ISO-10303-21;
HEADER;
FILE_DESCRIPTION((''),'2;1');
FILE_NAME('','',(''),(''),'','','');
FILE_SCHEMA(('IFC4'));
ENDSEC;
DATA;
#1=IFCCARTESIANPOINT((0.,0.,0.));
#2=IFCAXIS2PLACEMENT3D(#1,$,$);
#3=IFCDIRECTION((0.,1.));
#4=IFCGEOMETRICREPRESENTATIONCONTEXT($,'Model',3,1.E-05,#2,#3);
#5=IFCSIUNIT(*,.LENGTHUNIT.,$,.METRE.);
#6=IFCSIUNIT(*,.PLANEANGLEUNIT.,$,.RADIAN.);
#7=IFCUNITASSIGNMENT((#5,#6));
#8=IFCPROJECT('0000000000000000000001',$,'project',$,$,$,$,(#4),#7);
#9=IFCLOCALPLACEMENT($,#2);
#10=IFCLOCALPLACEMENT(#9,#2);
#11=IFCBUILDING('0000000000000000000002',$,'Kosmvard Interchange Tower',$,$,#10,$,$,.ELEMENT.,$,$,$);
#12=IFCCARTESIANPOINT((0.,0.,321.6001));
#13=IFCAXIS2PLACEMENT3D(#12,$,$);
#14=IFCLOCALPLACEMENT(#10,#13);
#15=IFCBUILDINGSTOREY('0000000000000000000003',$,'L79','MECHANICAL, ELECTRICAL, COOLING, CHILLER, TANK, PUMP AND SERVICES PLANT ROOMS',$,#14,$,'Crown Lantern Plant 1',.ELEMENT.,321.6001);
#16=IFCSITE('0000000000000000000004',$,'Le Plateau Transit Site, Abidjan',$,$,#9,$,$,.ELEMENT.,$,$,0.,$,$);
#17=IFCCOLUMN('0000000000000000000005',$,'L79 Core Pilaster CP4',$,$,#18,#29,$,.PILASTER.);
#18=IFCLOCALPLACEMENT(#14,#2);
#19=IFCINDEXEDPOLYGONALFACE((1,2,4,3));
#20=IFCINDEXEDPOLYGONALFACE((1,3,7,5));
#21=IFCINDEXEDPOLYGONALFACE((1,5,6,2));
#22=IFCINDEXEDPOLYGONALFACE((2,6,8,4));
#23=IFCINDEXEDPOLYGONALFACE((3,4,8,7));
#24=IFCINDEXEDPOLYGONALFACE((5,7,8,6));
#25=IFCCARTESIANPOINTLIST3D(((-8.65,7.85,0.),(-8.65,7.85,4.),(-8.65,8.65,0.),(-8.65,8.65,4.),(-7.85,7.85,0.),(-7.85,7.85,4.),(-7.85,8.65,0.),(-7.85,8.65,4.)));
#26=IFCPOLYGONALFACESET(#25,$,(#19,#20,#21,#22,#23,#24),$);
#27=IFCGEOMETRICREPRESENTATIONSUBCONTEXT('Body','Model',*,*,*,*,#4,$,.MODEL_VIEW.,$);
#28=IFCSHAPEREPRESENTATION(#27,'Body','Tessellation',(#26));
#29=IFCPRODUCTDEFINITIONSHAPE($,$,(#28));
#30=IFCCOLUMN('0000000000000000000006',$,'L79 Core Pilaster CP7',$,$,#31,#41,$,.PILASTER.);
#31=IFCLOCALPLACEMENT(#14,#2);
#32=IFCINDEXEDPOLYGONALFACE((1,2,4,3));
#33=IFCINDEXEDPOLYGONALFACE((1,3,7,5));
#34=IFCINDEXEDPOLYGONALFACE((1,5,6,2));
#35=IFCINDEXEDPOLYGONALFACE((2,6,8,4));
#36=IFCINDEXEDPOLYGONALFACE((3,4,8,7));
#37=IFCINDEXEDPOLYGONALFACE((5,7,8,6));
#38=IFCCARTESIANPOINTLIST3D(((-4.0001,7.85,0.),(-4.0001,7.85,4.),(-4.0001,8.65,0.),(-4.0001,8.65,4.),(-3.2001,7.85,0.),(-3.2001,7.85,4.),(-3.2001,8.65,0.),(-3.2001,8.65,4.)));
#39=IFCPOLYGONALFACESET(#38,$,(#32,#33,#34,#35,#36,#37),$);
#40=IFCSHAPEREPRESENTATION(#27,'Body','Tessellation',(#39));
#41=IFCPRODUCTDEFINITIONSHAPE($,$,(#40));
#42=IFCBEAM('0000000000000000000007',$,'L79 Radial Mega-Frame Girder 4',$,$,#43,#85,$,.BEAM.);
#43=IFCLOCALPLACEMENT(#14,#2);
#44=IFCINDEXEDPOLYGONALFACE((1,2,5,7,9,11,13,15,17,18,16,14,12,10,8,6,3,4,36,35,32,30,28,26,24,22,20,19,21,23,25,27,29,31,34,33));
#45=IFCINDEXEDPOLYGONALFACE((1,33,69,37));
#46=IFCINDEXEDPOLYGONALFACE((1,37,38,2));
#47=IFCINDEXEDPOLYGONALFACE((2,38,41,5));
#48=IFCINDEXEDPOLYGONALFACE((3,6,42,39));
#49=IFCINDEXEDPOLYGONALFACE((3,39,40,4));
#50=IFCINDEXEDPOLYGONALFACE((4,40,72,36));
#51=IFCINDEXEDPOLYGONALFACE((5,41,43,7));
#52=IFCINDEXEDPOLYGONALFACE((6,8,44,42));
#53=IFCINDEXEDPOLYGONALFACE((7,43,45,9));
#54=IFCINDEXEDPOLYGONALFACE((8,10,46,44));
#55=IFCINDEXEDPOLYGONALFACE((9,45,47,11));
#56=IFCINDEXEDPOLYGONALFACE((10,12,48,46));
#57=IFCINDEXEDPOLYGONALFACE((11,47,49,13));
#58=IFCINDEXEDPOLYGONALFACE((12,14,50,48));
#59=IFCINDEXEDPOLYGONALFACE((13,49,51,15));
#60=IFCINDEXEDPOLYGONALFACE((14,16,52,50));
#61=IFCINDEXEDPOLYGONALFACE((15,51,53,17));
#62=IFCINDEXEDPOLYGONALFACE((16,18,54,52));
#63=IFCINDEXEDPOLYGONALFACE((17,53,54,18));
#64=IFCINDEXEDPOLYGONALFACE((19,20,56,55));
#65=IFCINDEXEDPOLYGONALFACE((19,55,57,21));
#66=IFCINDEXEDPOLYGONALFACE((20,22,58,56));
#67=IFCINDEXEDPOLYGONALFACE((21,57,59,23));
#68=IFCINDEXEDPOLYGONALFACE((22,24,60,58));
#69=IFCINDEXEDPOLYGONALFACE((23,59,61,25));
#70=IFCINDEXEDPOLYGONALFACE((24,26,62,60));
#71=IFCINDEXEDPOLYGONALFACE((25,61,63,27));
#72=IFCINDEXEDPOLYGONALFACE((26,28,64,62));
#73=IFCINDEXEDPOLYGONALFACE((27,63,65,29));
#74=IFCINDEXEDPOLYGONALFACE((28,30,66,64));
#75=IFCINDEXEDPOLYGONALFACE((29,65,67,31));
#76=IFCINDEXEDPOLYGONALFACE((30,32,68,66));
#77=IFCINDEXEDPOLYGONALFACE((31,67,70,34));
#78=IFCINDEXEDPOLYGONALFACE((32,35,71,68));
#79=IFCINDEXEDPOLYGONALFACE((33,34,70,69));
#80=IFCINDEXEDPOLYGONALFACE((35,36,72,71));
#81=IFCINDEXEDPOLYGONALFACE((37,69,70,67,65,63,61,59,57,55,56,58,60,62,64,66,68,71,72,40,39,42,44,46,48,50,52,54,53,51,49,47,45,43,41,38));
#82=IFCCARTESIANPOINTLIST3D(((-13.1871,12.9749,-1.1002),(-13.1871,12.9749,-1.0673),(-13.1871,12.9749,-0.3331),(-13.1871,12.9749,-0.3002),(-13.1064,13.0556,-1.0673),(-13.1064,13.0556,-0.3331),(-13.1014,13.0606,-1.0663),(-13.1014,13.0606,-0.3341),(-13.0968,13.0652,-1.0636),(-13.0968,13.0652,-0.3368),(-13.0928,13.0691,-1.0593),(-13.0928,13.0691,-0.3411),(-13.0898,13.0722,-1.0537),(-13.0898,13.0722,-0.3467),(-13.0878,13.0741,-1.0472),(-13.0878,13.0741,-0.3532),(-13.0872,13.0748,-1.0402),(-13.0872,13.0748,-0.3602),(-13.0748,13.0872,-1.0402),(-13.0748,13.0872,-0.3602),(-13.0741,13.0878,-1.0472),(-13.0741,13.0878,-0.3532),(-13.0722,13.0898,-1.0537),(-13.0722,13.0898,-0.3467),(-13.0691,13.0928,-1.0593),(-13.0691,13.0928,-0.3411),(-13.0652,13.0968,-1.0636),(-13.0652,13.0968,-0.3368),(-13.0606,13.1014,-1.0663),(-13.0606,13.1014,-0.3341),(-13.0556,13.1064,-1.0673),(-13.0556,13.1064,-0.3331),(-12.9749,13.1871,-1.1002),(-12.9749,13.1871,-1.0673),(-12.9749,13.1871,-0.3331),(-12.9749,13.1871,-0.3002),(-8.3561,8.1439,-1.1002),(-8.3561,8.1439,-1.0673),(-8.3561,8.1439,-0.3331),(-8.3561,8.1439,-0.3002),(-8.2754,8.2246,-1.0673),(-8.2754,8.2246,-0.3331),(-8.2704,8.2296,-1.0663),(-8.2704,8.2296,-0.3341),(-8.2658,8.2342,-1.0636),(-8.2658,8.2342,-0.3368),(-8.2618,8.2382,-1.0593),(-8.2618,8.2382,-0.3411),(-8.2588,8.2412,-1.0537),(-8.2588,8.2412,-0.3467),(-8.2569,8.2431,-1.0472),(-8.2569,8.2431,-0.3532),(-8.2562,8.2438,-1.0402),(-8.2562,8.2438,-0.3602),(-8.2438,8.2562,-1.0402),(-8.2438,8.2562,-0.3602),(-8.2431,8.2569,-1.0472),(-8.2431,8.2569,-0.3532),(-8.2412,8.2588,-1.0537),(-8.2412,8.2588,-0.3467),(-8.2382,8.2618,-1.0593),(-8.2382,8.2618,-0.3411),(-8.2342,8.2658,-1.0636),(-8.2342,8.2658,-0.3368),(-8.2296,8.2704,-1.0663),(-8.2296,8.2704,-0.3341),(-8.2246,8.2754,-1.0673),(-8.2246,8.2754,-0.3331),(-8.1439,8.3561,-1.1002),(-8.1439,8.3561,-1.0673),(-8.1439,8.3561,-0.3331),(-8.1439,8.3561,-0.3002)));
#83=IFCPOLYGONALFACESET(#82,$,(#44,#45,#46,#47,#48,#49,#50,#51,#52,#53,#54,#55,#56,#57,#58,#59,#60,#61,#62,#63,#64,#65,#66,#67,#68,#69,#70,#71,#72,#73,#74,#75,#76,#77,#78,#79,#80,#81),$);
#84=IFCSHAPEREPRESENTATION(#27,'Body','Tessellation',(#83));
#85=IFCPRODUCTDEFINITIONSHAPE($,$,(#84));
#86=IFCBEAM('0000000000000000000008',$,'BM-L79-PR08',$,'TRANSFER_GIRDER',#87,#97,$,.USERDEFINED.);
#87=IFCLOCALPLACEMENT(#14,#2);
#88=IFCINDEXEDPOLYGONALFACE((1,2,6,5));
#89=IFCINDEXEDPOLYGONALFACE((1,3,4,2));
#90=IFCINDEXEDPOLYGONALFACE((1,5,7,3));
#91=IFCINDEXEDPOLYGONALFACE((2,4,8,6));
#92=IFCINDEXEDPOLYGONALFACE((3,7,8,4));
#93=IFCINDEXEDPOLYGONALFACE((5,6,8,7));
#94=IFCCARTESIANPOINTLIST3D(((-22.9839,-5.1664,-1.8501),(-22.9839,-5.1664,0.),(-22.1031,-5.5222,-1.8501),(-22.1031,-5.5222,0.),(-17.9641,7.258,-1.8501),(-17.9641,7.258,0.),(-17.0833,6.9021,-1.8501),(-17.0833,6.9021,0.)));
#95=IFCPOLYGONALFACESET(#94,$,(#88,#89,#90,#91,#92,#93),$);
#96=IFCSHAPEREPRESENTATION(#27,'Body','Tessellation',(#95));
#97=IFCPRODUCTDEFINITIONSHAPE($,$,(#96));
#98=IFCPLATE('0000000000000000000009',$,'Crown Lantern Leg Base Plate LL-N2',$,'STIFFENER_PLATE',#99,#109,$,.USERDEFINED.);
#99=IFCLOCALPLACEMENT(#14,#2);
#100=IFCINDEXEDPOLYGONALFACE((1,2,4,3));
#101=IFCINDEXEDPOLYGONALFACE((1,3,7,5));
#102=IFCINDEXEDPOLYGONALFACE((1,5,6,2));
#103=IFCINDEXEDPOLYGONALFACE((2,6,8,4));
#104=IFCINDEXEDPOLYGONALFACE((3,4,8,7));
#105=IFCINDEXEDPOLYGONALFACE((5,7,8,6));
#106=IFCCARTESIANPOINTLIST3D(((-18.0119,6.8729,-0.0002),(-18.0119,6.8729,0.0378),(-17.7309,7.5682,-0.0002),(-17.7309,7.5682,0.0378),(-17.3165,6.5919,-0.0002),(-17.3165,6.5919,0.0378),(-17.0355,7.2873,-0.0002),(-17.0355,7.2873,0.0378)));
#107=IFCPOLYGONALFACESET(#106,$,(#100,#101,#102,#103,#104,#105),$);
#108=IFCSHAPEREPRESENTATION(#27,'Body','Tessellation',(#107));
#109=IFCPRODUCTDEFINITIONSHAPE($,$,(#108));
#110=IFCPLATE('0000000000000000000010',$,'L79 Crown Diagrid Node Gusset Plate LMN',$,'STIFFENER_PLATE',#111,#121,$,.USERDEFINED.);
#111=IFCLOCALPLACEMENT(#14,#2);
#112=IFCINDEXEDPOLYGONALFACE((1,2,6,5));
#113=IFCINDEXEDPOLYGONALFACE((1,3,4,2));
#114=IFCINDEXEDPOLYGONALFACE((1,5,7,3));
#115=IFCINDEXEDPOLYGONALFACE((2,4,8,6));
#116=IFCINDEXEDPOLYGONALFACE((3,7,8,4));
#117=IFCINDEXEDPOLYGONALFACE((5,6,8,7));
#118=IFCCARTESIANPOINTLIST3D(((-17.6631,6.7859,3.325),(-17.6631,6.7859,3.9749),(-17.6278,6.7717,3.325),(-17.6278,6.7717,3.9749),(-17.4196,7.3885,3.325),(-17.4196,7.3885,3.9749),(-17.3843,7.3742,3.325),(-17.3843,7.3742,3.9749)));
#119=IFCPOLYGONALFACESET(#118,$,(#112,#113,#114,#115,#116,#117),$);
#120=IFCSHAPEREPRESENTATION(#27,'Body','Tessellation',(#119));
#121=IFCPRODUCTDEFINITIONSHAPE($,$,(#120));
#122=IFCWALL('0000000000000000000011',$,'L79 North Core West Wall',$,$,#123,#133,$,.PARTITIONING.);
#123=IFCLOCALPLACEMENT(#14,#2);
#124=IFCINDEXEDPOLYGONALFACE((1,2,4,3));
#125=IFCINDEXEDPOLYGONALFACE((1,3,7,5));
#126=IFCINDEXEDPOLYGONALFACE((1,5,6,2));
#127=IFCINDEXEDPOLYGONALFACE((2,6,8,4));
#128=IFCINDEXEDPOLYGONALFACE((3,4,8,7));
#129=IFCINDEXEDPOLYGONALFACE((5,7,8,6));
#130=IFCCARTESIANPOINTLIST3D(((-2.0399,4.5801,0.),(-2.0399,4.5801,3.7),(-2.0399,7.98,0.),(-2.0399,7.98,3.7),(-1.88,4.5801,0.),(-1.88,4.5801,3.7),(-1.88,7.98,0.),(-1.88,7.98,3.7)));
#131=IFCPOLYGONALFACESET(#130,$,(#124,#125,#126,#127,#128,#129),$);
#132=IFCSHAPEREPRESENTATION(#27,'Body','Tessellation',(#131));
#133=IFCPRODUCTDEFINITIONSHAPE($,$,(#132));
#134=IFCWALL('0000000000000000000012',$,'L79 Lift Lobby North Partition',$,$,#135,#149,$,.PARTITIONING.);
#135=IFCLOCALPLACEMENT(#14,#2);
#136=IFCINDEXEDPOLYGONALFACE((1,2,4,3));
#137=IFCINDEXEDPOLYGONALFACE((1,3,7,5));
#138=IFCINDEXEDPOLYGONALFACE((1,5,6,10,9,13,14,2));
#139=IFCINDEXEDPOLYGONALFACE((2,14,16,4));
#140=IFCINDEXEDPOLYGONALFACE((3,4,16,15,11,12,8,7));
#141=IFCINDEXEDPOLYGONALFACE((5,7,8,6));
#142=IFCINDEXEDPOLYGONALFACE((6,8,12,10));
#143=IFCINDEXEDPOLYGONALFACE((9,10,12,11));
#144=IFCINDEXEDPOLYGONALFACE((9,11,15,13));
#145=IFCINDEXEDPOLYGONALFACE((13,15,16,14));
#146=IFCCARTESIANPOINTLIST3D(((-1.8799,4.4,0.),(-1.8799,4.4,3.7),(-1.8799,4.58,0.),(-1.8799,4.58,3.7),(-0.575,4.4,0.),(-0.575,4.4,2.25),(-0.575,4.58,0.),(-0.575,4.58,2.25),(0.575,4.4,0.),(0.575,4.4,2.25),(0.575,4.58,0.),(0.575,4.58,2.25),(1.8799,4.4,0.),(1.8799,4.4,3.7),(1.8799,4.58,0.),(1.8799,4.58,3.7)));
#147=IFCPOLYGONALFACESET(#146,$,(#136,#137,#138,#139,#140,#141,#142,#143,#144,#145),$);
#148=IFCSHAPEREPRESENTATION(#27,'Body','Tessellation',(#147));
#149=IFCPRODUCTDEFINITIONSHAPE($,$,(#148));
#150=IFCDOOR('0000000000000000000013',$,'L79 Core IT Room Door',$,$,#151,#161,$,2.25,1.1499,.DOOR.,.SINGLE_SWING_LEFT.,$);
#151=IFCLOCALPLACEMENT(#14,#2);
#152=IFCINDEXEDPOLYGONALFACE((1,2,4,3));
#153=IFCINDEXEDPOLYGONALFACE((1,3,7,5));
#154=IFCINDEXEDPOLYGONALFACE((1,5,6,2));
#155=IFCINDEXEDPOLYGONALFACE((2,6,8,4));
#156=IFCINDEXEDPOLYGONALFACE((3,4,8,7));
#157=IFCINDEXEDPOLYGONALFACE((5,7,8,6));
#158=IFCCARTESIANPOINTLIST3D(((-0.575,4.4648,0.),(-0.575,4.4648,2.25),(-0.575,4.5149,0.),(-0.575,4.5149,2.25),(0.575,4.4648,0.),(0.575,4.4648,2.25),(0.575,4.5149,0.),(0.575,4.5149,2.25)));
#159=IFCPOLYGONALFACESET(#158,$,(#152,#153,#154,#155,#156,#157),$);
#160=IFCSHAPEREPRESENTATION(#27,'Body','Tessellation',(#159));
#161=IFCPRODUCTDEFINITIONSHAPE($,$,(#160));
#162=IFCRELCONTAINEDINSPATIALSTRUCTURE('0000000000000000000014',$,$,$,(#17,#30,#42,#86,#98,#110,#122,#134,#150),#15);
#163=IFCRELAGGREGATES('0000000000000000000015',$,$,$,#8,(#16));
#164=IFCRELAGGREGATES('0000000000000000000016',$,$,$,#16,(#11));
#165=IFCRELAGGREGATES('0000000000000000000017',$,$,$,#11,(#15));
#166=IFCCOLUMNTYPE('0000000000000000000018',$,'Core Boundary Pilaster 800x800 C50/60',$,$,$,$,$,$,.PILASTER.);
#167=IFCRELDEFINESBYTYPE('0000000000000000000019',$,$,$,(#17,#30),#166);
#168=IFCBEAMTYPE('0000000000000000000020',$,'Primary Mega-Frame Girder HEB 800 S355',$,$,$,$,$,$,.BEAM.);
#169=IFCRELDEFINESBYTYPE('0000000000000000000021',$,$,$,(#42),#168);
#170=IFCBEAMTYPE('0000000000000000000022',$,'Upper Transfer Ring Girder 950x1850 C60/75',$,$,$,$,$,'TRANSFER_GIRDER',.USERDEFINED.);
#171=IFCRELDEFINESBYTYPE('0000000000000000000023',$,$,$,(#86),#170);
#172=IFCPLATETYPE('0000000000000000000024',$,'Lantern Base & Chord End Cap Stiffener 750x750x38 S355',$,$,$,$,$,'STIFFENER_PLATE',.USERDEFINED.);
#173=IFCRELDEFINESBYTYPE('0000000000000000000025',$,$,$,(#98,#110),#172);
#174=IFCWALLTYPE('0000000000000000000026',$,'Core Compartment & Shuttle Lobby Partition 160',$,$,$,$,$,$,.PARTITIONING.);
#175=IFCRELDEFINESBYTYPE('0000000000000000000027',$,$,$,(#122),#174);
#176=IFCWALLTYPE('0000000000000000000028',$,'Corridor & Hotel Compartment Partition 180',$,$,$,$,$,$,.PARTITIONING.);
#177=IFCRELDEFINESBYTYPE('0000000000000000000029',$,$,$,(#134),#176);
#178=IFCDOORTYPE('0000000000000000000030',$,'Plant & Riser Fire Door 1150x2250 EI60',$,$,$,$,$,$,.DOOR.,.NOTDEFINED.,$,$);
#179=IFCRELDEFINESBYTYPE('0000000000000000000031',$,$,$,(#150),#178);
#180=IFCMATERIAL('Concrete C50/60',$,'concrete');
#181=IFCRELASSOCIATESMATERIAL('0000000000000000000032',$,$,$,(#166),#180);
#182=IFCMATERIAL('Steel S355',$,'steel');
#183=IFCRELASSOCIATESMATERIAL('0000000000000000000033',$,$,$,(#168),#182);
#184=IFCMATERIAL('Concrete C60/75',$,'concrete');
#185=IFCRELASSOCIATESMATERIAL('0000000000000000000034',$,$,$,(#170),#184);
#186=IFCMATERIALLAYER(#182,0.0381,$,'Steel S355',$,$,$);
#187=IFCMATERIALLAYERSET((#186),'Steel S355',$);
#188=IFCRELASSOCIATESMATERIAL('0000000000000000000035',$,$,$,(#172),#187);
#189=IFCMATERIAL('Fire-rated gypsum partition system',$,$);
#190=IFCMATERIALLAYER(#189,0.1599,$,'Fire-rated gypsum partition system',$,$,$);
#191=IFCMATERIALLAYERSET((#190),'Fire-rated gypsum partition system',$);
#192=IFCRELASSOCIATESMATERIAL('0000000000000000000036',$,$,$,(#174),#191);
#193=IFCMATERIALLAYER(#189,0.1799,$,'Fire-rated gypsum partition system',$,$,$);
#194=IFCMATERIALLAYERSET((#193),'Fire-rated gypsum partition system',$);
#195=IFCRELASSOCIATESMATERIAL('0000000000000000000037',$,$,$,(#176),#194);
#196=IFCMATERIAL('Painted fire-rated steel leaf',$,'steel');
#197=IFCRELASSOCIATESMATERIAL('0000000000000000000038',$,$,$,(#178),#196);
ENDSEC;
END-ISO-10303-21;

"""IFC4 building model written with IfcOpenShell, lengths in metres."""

from ifc_helpers import new_model, si_unit, direction, frame, frame_2d, origin, origin_2d, place, context, subcontext, project, spatial, rectangle, i_section, extrude, source, transform, mapped, material, layer, layer_set, material_profile, profile_set, type_object, element, fill, save


model = new_model("IFC4")

# Units and contexts
model_context = context("Model", 3, precision=1e-05, world=origin(), true_north=direction((0.0, 1.0)))
body_context = subcontext(model_context, "Body", "Model", "MODEL_VIEW")
ifc_project = project(units=[si_unit("LENGTHUNIT", "METRE"), si_unit("PLANEANGLEUNIT", "RADIAN")], contexts=[model_context])

# Site, building, storey
site_placement = place(None, origin())
site = spatial("IfcSite", under=ifc_project, at=site_placement, Name="Le Plateau Transit Site, Abidjan", CompositionType="ELEMENT", RefElevation=0.0)
building_placement = place(site_placement, origin())
building = spatial("IfcBuilding", under=site, at=building_placement, Name="Kosmvard Interchange Tower", CompositionType="ELEMENT")
storey_placement = place(building_placement, frame((0.0, 0.0, 321.6001)))
storey = spatial("IfcBuildingStorey", under=building, at=storey_placement, Name="L79", Description="MECHANICAL, ELECTRICAL, COOLING, CHILLER, TANK, PUMP AND SERVICES PLANT ROOMS", LongName="Crown Lantern Plant 1", CompositionType="ELEMENT", Elevation=321.6001)

# Columns
ifc_material_1 = material(Name="Concrete C50/60", Category="concrete")
ifc_material_profile_1 = material_profile(ifc_material_1, rectangle(XDim=0.8, YDim=0.8, at=origin_2d()), Name="CP 800x800")
ifc_profile_set_1 = profile_set([ifc_material_profile_1], Name="Concrete C50/60")
column_type = type_object("IfcColumnType", Name="Core Boundary Pilaster 800x800 C50/60", PredefinedType="PILASTER", material=ifc_profile_set_1)
shared_shape_1 = source(origin(), body_context, "Body", "SweptSolid", [
    extrude(rectangle(XDim=0.8, YDim=0.8, at=origin_2d()), origin(), (0.0, 0.0, 1.0), 4.0),
])
for number, where, z_axis, x_axis, name in (
    (1, (-8.25, 8.25, 0.0), (0.0, 0.0, 1.0), (1.0, 0.0, 0.0), "L79 Core Pilaster CP4"),
    (2, (-3.6001, 8.25, 0.0), (0.0, 0.0, 1.0), (1.0, 0.0, 0.0), "L79 Core Pilaster CP7"),
):
    element("IfcColumn", number, at=place(storey_placement, frame(where, z_axis=z_axis, x_axis=x_axis)), inside=storey, type_object=column_type, Name=name, PredefinedType="PILASTER", context=body_context, shape_type="MappedRepresentation", body=[
        mapped(shared_shape_1, transform((0.0, 0.0, 0.0), scale=1.0)),
    ])

# Beams
ifc_material_2 = material(Name="Steel S355", Category="steel")
ifc_material_profile_2 = material_profile(ifc_material_2, i_section(OverallWidth=0.3, OverallDepth=0.8, WebThickness=0.0176, FlangeThickness=0.033, FilletRadius=0.0271, at=origin_2d()), Name="HEB 800")
ifc_profile_set_2 = profile_set([ifc_material_profile_2], Name="Steel S355")
beam_type_1 = type_object("IfcBeamType", Name="Primary Mega-Frame Girder HEB 800 S355", PredefinedType="BEAM", material=ifc_profile_set_2)
shared_shape_2 = source(origin(), body_context, "Body", "SweptSolid", [
    extrude(i_section(OverallWidth=0.3, OverallDepth=0.8, WebThickness=0.0176, FlangeThickness=0.033, FilletRadius=0.0271, at=origin_2d()), origin(), (0.0, 0.0, 1.0), 6.832),
])
beam_1_placement = place(storey_placement, frame((-8.25, 8.25, -0.7002), z_axis=(-0.707107, 0.707107, 0.0), x_axis=(-0.707107, -0.707107, 0.0)))
element("IfcBeam", 3, at=beam_1_placement, inside=storey, type_object=beam_type_1, Name="L79 Radial Mega-Frame Girder 4", PredefinedType="BEAM", context=body_context, shape_type="MappedRepresentation", body=[
    mapped(shared_shape_2, transform((0.0, 0.0, 0.0), scale=1.0)),
])
ifc_material_3 = material(Name="Concrete C60/75", Category="concrete")
ifc_material_profile_3 = material_profile(ifc_material_3, rectangle(XDim=0.95, YDim=1.8501, at=origin_2d()), Name="TG 950x1850")
ifc_profile_set_3 = profile_set([ifc_material_profile_3], Name="Concrete C60/75")
beam_type_2 = type_object("IfcBeamType", Name="Upper Transfer Ring Girder 950x1850 C60/75", ElementType="TRANSFER_GIRDER", PredefinedType="USERDEFINED", material=ifc_profile_set_3)
shared_shape_3 = source(origin(), body_context, "Body", "SweptSolid", [
    extrude(rectangle(XDim=0.95, YDim=1.8501, at=origin_2d()), origin(), (0.0, 0.0, 1.0), 13.4001),
])
beam_2_placement = place(storey_placement, frame((-17.5237, 7.0801, -0.925), z_axis=(-0.374608, -0.927183, 0.0), x_axis=(0.927183, -0.374608, 0.0)))
element("IfcBeam", 4, at=beam_2_placement, inside=storey, type_object=beam_type_2, Name="BM-L79-PR08", ObjectType="TRANSFER_GIRDER", PredefinedType="USERDEFINED", context=body_context, shape_type="MappedRepresentation", body=[
    mapped(shared_shape_3, transform((0.0, 0.0, 0.0), scale=1.0)),
])

# Plates
ifc_layer_1 = layer(ifc_material_2, 0.0381, Name="Steel S355")
ifc_layer_set_1 = layer_set([ifc_layer_1], Name="Steel S355")
plate_type = type_object("IfcPlateType", Name="Lantern Base & Chord End Cap Stiffener 750x750x38 S355", ElementType="STIFFENER_PLATE", PredefinedType="USERDEFINED", material=ifc_layer_set_1)
shared_shape_4 = source(origin(), body_context, "Body", "SweptSolid", [
    extrude(rectangle(XDim=0.75, YDim=0.75, at=origin_2d()), origin(), (0.0, 0.0, 1.0), 0.0381),
])
plate_1_placement = place(storey_placement, frame((-17.5237, 7.0801, -0.0002), z_axis=(0.0, 0.0, 1.0), x_axis=(0.374607, 0.927184, 0.0)))
element("IfcPlate", 5, at=plate_1_placement, inside=storey, type_object=plate_type, Name="Crown Lantern Leg Base Plate LL-N2", ObjectType="STIFFENER_PLATE", PredefinedType="USERDEFINED", context=body_context, shape_type="MappedRepresentation", body=[
    mapped(shared_shape_4, transform((0.0, 0.0, 0.0), scale=1.0)),
])
shared_shape_5 = source(origin(), body_context, "Body", "SweptSolid", [
    extrude(rectangle(XDim=0.6499, YDim=0.0381, at=origin_2d()), origin(), (0.0, 0.0, 1.0), 0.6499),
])
plate_2_placement = place(storey_placement, frame((-17.5237, 7.0801, 3.325), z_axis=(0.0, 0.0, 1.0), x_axis=(0.374607, 0.927184, 0.0)))
element("IfcPlate", 6, at=plate_2_placement, inside=storey, type_object=plate_type, Name="L79 Crown Diagrid Node Gusset Plate LMN", ObjectType="STIFFENER_PLATE", PredefinedType="USERDEFINED", context=body_context, shape_type="MappedRepresentation", body=[
    mapped(shared_shape_5, transform((0.0, 0.0, 0.0), scale=1.0)),
])

# Wall
ifc_material_4 = material(Name="Fire-rated gypsum partition system")
ifc_layer_2 = layer(ifc_material_4, 0.1599, Name="Fire-rated gypsum partition system")
ifc_layer_set_2 = layer_set([ifc_layer_2], Name="Fire-rated gypsum partition system")
wall_type_1 = type_object("IfcWallType", Name="Core Compartment & Shuttle Lobby Partition 160", PredefinedType="PARTITIONING", material=ifc_layer_set_2)
wall_1_placement = place(storey_placement, frame((-1.96, 4.5801, 0.0), z_axis=(0.0, 0.0, 1.0), x_axis=(0.0, 1.0, 0.0)))
element("IfcWall", 7, at=wall_1_placement, inside=storey, type_object=wall_type_1, Name="L79 North Core West Wall", PredefinedType="PARTITIONING", context=body_context, shape_type="SweptSolid", body=[
    extrude(rectangle(XDim=3.3999, YDim=0.1599, at=frame_2d((1.7, 0.0))), origin(), (0.0, 0.0, 1.0), 3.7),
])

# Wall, opening, door
ifc_layer_3 = layer(ifc_material_4, 0.1799, Name="Fire-rated gypsum partition system")
ifc_layer_set_3 = layer_set([ifc_layer_3], Name="Fire-rated gypsum partition system")
wall_type_2 = type_object("IfcWallType", Name="Corridor & Hotel Compartment Partition 180", PredefinedType="PARTITIONING", material=ifc_layer_set_3)
wall_2_placement = place(storey_placement, frame((-1.8799, 4.49, 0.0), z_axis=(0.0, 0.0, 1.0), x_axis=(1.0, 0.0, 0.0)))
wall_2 = element("IfcWall", 8, at=wall_2_placement, inside=storey, type_object=wall_type_2, Name="L79 Lift Lobby North Partition", PredefinedType="PARTITIONING", context=body_context, shape_type="SweptSolid", body=[
    extrude(rectangle(XDim=3.7598, YDim=0.1799, at=frame_2d((1.8799, 0.0))), origin(), (0.0, 0.0, 1.0), 3.7),
])
opening_1_placement = place(wall_2_placement, frame((1.3049, 0.0, 0.0)))
opening_1 = element("IfcOpeningElement", 9, at=opening_1_placement, cuts=wall_2, PredefinedType="OPENING", context=body_context, shape_type="SweptSolid", body=[
    extrude(rectangle(XDim=1.1499, YDim=2.25, at=frame_2d((0.575, 1.125))), frame((0.0, 0.1001, 0.0), z_axis=(0.0, -1.0, 0.0), x_axis=(1.0, 0.0, 0.0)), (0.0, 0.0, 1.0), 0.2),
])
ifc_material_5 = material(Name="Painted fire-rated steel leaf", Category="steel")
door_type = type_object("IfcDoorType", Name="Plant & Riser Fire Door 1150x2250 EI60", OperationType="NOTDEFINED", PredefinedType="DOOR", material=ifc_material_5)
shared_shape_6 = source(origin(), body_context, "Body", "SweptSolid", [
    extrude(rectangle(XDim=1.1499, YDim=2.25, at=frame_2d((0.575, 1.125))), frame((0.0, 0.0249, 0.0), z_axis=(0.0, -1.0, 0.0), x_axis=(1.0, 0.0, 0.0)), (0.0, 0.0, 1.0), 0.05),
])
door_1_placement = place(opening_1_placement, origin())
door_1 = element("IfcDoor", 10, at=door_1_placement, inside=storey, type_object=door_type, Name="L79 Core IT Room Door", OperationType="SINGLE_SWING_LEFT", OverallHeight=2.25, OverallWidth=1.1499, PredefinedType="DOOR", context=body_context, shape_type="MappedRepresentation", body=[
    mapped(shared_shape_6, transform((0.0, 0.0, 0.0), scale=1.0)),
])
fill(opening_1, door_1)

save(model, "model.ifc")
